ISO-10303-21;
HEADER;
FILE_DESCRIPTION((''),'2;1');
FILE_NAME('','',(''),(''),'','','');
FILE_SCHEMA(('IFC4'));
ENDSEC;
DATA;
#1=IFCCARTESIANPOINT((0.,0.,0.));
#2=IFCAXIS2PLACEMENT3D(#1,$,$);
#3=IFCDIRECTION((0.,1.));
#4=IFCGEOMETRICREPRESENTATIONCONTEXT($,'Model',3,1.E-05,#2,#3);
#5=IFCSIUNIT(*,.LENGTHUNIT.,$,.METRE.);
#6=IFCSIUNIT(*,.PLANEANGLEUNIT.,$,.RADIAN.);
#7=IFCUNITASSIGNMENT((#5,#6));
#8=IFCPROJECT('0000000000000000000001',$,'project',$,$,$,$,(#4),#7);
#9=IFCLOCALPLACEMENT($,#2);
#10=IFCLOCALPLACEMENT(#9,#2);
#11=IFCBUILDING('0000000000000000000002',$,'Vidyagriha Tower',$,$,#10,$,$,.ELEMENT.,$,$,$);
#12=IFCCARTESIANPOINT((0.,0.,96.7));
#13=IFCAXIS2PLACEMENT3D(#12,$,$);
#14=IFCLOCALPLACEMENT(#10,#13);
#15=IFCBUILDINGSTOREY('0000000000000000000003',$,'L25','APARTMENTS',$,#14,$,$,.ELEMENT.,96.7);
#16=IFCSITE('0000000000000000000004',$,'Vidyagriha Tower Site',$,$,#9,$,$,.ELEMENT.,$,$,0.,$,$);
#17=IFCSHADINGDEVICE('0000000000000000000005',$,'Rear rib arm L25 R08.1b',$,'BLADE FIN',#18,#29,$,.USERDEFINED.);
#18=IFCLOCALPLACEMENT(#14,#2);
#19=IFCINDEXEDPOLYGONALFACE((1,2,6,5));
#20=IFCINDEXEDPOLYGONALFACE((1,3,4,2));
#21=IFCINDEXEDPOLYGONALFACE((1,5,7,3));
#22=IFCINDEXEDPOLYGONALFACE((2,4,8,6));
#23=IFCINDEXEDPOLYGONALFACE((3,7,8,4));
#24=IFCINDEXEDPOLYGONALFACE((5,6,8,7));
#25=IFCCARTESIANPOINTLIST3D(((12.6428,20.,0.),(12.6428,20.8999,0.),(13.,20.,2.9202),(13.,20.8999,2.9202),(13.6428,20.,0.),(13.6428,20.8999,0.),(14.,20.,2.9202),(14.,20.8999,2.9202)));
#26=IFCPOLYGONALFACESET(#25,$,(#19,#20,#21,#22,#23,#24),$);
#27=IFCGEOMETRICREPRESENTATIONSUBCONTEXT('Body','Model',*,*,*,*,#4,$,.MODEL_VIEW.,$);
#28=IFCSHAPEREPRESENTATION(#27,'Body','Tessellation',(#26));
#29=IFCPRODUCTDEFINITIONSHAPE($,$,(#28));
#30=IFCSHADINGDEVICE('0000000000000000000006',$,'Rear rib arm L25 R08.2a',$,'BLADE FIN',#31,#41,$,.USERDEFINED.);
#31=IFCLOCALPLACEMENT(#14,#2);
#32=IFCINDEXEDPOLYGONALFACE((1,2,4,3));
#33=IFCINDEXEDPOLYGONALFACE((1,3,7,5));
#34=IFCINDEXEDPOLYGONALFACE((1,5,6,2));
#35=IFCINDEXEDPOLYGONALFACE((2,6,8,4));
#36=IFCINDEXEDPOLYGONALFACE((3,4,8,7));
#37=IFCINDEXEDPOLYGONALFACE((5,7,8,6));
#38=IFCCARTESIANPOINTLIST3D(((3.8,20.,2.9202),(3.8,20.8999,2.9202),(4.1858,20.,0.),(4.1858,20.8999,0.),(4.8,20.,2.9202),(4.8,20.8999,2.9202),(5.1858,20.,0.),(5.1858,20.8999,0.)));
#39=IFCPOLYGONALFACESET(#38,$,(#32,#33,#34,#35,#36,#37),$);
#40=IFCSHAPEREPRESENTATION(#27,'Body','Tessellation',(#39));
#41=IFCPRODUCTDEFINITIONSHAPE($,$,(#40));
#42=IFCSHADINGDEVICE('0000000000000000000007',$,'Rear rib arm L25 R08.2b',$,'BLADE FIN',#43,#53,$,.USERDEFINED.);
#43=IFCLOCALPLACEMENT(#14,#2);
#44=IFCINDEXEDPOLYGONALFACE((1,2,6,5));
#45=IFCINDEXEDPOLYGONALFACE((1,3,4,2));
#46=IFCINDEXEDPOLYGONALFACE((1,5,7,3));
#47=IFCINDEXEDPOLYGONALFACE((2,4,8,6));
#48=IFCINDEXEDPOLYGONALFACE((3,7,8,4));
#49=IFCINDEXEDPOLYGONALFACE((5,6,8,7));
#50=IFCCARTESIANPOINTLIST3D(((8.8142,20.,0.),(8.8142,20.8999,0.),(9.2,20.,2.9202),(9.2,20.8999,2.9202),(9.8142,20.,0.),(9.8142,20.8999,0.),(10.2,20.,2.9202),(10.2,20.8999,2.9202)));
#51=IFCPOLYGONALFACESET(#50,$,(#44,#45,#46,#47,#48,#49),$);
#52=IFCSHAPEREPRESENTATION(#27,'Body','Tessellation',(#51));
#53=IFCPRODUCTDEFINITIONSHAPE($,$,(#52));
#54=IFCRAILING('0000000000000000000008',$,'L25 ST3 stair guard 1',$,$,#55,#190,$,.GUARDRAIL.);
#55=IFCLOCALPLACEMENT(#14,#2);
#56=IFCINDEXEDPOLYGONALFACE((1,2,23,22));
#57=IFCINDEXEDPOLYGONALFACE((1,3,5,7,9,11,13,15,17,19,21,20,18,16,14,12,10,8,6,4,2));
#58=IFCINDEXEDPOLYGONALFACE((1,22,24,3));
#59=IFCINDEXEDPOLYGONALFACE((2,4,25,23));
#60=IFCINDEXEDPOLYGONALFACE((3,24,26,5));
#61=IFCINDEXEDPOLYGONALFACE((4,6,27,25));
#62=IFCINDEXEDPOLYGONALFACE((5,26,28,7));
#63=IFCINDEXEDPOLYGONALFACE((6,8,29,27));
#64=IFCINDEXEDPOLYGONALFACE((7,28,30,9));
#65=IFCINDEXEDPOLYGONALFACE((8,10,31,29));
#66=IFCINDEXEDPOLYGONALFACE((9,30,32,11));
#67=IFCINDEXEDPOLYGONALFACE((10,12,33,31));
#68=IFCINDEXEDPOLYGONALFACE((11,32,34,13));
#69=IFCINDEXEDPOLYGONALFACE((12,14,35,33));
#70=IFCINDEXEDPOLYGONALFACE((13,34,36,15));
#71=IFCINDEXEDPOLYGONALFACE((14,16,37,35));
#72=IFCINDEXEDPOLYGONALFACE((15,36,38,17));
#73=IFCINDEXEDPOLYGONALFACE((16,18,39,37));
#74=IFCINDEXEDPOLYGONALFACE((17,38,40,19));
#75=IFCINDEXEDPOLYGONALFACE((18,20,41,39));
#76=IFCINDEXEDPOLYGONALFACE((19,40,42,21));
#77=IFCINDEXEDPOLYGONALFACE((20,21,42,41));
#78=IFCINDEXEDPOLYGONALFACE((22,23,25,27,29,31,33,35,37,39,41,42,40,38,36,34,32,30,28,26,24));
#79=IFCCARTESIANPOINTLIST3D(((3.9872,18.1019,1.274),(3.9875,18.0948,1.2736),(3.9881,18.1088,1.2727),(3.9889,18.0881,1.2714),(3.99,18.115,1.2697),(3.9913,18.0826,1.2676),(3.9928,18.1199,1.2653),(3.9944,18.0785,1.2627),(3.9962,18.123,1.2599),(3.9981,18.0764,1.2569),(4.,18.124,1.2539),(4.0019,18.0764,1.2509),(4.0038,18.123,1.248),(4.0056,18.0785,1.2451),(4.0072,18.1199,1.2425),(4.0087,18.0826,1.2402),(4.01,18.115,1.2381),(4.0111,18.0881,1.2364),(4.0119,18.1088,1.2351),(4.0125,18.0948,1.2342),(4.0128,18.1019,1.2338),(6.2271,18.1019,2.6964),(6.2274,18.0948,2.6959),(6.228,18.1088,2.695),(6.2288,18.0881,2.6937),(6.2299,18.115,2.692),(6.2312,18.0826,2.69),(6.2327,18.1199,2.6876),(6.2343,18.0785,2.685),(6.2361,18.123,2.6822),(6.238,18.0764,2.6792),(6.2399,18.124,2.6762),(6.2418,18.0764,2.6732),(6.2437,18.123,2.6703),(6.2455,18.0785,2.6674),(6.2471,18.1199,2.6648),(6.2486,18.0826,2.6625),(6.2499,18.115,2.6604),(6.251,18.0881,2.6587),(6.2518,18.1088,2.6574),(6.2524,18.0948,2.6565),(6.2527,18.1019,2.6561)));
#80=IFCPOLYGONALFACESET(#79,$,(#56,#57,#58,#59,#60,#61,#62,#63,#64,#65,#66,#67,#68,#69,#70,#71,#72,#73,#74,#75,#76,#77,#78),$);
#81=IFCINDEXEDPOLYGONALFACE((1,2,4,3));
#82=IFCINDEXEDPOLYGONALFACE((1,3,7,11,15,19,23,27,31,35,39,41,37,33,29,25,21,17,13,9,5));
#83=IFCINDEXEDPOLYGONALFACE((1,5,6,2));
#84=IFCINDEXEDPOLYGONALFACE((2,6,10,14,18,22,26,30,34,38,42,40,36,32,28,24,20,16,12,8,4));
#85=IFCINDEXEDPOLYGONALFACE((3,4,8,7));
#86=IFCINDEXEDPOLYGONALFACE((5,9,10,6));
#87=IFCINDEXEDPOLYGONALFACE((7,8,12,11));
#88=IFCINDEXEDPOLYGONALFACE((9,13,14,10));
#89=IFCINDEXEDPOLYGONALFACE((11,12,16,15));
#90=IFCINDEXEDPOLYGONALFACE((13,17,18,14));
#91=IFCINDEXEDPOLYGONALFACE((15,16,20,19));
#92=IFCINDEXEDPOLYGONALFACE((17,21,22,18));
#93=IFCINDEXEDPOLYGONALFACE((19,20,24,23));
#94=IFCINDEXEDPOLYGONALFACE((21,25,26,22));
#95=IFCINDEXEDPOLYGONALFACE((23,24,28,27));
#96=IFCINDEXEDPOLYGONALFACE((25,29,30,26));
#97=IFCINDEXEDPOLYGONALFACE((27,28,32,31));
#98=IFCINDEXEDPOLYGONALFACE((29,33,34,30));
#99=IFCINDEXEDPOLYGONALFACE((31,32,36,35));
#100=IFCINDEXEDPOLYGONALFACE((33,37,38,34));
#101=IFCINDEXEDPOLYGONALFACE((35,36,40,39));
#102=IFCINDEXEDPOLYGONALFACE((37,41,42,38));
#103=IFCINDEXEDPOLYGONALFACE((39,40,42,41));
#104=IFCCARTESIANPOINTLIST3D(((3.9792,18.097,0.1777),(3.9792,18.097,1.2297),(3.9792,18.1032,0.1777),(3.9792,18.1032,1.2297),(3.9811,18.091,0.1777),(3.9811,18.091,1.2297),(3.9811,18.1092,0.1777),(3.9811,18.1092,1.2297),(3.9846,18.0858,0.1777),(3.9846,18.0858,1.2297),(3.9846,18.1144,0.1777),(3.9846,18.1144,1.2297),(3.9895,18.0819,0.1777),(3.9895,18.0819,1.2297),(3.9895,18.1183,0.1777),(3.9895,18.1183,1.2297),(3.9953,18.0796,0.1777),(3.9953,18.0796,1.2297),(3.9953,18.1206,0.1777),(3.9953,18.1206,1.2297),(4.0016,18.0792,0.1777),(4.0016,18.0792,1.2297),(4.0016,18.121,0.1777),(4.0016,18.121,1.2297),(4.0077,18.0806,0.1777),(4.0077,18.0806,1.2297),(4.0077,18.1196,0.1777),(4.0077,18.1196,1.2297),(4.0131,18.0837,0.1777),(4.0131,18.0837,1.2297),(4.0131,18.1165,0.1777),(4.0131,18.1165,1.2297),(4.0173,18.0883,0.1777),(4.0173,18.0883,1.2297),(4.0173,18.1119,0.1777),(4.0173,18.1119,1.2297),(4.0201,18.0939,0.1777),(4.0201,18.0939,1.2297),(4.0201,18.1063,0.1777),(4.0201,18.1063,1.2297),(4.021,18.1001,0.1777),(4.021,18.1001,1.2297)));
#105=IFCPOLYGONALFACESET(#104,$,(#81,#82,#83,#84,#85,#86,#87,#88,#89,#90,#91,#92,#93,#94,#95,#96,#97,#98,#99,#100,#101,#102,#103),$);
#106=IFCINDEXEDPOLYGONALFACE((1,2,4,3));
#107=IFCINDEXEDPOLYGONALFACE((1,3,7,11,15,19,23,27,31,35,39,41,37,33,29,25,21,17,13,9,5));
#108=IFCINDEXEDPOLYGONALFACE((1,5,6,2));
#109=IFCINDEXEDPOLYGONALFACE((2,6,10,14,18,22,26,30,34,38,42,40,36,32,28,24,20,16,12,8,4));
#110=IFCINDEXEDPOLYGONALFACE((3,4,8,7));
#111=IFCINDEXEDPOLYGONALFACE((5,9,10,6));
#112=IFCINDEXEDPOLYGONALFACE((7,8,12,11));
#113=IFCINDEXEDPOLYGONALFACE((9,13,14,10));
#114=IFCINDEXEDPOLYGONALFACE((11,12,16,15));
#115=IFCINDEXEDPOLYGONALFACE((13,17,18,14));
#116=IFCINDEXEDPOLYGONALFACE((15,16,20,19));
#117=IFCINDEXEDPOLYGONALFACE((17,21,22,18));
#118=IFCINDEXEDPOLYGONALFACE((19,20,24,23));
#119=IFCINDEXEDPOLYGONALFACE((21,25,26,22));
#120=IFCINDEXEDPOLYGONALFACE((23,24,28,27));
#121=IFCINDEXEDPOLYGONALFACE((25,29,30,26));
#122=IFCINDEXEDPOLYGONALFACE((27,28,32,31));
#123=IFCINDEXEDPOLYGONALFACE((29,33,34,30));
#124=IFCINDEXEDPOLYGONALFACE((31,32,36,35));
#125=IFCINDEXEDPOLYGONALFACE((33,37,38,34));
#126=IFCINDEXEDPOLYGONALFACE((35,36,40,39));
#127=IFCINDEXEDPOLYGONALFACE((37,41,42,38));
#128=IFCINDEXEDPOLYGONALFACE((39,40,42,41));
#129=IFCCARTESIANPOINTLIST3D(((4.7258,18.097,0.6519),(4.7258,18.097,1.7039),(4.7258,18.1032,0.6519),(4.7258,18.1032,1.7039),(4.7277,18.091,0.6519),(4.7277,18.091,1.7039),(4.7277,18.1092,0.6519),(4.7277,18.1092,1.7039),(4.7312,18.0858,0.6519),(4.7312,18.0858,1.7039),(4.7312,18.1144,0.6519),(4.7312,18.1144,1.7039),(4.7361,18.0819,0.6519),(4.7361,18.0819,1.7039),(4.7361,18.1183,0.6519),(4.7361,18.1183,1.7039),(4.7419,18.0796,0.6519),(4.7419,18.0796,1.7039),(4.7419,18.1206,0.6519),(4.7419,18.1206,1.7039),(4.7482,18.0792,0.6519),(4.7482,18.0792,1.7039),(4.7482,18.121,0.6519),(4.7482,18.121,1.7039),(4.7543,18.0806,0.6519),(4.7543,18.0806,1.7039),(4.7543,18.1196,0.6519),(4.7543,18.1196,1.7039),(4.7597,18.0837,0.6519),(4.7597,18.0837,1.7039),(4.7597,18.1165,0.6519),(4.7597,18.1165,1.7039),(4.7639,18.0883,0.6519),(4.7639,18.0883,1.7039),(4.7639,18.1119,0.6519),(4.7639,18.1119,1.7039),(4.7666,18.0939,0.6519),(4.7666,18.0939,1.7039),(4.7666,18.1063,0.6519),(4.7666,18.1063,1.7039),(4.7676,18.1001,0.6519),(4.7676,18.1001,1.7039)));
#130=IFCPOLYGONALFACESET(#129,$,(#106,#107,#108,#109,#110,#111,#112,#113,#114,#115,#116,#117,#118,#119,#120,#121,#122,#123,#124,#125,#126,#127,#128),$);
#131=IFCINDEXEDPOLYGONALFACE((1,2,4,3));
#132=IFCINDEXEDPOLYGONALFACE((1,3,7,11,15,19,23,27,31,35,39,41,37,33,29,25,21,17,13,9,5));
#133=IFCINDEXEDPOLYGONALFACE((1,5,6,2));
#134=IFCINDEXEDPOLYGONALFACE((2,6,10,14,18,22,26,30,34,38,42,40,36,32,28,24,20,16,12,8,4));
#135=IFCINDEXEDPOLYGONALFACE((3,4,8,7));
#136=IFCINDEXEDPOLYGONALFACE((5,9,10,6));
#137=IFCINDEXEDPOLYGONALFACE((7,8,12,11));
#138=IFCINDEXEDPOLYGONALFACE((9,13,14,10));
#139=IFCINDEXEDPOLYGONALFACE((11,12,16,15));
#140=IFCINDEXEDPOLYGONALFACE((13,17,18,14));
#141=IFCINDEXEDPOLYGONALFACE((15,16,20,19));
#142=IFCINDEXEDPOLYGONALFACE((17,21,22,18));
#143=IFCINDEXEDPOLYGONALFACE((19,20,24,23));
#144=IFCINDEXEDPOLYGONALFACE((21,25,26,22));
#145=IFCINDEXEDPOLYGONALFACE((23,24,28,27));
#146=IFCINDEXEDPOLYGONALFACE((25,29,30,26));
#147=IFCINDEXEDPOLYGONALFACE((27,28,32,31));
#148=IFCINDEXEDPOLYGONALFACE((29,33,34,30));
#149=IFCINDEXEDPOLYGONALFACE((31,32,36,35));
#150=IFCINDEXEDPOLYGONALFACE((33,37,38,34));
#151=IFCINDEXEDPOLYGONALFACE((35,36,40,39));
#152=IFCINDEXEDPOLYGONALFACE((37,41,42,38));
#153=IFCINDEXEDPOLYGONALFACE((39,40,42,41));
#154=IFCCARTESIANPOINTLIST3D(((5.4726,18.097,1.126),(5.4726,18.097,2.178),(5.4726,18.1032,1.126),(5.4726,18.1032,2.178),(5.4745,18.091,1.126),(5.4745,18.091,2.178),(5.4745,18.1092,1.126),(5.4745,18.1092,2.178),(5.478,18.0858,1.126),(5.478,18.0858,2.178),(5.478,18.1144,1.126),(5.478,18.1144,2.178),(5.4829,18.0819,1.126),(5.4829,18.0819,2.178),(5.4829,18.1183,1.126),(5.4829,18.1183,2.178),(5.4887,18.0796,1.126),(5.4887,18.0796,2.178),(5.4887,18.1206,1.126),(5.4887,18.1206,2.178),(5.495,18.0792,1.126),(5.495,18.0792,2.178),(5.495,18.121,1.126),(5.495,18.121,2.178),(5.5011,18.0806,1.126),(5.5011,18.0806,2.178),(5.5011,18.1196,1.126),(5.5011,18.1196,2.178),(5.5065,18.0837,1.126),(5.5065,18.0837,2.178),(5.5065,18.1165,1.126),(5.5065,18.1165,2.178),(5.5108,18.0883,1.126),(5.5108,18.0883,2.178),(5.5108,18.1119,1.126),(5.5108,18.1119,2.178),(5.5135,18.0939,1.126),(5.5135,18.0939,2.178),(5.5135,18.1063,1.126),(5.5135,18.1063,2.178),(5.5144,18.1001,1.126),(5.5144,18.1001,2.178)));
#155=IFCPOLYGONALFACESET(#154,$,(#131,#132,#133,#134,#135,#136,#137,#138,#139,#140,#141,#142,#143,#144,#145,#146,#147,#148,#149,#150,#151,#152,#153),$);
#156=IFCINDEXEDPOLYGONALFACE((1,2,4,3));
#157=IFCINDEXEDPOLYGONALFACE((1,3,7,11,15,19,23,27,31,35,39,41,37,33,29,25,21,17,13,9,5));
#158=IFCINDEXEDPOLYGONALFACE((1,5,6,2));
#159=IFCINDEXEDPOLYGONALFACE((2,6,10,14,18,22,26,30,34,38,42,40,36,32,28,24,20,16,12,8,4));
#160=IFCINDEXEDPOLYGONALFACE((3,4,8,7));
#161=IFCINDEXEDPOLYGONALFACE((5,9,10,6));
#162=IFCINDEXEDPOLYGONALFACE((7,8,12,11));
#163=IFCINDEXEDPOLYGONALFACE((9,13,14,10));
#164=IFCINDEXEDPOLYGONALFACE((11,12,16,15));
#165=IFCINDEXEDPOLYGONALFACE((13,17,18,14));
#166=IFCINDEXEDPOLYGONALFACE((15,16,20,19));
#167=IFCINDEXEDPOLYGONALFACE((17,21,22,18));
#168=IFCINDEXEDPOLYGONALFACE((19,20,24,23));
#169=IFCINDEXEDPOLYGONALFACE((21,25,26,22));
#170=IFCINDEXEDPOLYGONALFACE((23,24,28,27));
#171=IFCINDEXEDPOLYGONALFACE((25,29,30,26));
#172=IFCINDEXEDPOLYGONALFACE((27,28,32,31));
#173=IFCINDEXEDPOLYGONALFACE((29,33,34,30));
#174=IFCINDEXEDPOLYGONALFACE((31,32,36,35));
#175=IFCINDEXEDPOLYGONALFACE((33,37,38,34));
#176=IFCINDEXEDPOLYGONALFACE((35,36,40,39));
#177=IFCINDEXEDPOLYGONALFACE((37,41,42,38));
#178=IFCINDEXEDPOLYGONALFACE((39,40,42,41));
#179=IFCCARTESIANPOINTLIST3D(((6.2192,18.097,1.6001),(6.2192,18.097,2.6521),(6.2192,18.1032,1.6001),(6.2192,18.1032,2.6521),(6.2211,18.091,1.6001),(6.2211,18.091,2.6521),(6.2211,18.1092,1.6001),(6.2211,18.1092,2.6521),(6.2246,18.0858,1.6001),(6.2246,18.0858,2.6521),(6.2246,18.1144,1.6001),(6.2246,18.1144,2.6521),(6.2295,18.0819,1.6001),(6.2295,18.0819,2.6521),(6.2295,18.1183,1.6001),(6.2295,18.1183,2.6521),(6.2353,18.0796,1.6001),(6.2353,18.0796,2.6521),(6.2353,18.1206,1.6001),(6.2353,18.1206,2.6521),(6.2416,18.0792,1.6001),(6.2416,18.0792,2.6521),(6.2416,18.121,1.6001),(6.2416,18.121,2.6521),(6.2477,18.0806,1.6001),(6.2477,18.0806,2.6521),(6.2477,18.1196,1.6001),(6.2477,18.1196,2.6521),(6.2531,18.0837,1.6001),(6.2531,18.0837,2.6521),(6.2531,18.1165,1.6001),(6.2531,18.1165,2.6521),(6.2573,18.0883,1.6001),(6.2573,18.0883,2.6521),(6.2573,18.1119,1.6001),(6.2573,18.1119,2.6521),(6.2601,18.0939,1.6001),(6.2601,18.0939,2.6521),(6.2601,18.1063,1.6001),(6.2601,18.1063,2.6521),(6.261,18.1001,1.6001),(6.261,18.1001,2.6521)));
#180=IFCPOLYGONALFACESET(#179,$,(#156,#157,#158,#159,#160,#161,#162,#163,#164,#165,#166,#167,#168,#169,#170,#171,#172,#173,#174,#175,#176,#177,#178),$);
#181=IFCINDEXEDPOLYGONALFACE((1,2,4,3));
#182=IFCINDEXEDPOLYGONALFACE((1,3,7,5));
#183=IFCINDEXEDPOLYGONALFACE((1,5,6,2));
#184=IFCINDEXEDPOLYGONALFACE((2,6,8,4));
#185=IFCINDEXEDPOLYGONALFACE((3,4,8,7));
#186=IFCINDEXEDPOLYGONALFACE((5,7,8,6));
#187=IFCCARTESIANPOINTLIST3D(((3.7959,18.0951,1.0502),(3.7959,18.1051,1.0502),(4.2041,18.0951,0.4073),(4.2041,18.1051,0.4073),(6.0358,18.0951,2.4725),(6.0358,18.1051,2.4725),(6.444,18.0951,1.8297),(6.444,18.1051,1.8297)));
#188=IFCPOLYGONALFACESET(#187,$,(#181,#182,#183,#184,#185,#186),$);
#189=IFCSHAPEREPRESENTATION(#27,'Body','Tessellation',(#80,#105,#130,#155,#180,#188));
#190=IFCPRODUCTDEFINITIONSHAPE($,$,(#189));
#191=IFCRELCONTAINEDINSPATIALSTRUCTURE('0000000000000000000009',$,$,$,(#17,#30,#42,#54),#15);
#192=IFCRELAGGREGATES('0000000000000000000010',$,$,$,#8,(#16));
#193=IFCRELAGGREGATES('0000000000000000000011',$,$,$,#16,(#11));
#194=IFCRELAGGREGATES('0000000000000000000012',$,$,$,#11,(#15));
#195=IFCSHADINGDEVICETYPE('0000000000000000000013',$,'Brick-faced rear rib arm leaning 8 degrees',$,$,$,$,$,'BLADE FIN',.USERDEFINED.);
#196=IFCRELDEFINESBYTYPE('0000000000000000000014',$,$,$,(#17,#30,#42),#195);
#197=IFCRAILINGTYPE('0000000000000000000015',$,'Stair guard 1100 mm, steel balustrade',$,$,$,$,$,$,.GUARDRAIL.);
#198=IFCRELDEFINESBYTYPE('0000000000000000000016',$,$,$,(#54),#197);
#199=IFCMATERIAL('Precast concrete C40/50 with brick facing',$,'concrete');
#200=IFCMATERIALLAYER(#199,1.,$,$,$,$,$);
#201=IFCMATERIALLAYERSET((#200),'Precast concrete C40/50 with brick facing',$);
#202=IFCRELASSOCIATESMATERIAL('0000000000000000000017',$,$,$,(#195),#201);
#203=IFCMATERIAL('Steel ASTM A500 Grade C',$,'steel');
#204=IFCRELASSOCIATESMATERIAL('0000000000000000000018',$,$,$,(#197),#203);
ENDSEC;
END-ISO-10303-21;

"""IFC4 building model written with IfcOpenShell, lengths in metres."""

from ifc_helpers import new_model, si_unit, direction, frame, origin, origin_2d, place, context, subcontext, project, spatial, polyline, rectangle, circle, outline, extrude, material, layer, layer_set, type_object, element, save


model = new_model("IFC4")

# Units and contexts
model_context = context("Model", 3, precision=1e-05, world=origin(), true_north=direction((0.0, 1.0)))
body_context = subcontext(model_context, "Body", "Model", "MODEL_VIEW")
ifc_project = project(units=[si_unit("LENGTHUNIT", "METRE"), si_unit("PLANEANGLEUNIT", "RADIAN")], contexts=[model_context])

# Site, building, storey
site_placement = place(None, origin())
site = spatial("IfcSite", under=ifc_project, at=site_placement, Name="Vidyagriha Tower Site", CompositionType="ELEMENT", RefElevation=0.0)
building_placement = place(site_placement, origin())
building = spatial("IfcBuilding", under=site, at=building_placement, Name="Vidyagriha Tower", CompositionType="ELEMENT")
storey_placement = place(building_placement, frame((0.0, 0.0, 96.7)))
storey = spatial("IfcBuildingStorey", under=building, at=storey_placement, Name="L25", Description="APARTMENTS", CompositionType="ELEMENT", Elevation=96.7)

# Shading devices
ifc_material_1 = material(Name="Precast concrete C40/50 with brick facing", Category="concrete")
ifc_layer_1 = layer(ifc_material_1, 1.0)
ifc_layer_set_1 = layer_set([ifc_layer_1], Name="Precast concrete C40/50 with brick facing")
shading_device_type = type_object("IfcShadingDeviceType", Name="Brick-faced rear rib arm leaning 8 degrees", ElementType="BLADE FIN", PredefinedType="USERDEFINED", material=ifc_layer_set_1)
shading_device_1_placement = place(storey_placement, frame((14.0, 20.45, 0.0), z_axis=(0.0, 0.0, 1.0), x_axis=(-1.0, 0.0, 0.0)))
element("IfcShadingDevice", 1, at=shading_device_1_placement, inside=storey, type_object=shading_device_type, Name="Rear rib arm L25 R08.1b", ObjectType="BLADE FIN", PredefinedType="USERDEFINED", context=body_context, shape_type="SweptSolid", body=[
    extrude(outline(polyline([(0.3572, 0.0), (1.3572, 0.0), (1.0, 2.9202), (0.0, 2.9202), (0.3572, 0.0)])), frame((0.0, 0.45, 0.0), z_axis=(0.0, -1.0, 0.0), x_axis=(1.0, 0.0, 0.0)), (0.0, 0.0, 1.0), 0.8999),
])
shading_device_2_placement = place(storey_placement, frame((5.1858, 20.45, 0.0), z_axis=(0.0, 0.0, 1.0), x_axis=(-1.0, 0.0, 0.0)))
element("IfcShadingDevice", 2, at=shading_device_2_placement, inside=storey, type_object=shading_device_type, Name="Rear rib arm L25 R08.2a", ObjectType="BLADE FIN", PredefinedType="USERDEFINED", context=body_context, shape_type="SweptSolid", body=[
    extrude(outline(polyline([(0.0, 0.0), (1.0, 0.0), (1.3857, 2.9202), (0.3857, 2.9202), (0.0, 0.0)])), frame((0.0, 0.45, 0.0), z_axis=(0.0, -1.0, 0.0), x_axis=(1.0, 0.0, 0.0)), (0.0, 0.0, 1.0), 0.8999),
])
shading_device_3_placement = place(storey_placement, frame((10.2, 20.45, 0.0), z_axis=(0.0, 0.0, 1.0), x_axis=(-1.0, 0.0, 0.0)))
element("IfcShadingDevice", 3, at=shading_device_3_placement, inside=storey, type_object=shading_device_type, Name="Rear rib arm L25 R08.2b", ObjectType="BLADE FIN", PredefinedType="USERDEFINED", context=body_context, shape_type="SweptSolid", body=[
    extrude(outline(polyline([(0.3857, 0.0), (1.3857, 0.0), (1.0, 2.9202), (0.0, 2.9202), (0.3857, 0.0)])), frame((0.0, 0.45, 0.0), z_axis=(0.0, -1.0, 0.0), x_axis=(1.0, 0.0, 0.0)), (0.0, 0.0, 1.0), 0.8999),
])

# Railing
ifc_material_2 = material(Name="Steel ASTM A500 Grade C", Category="steel")
railing_type_1 = type_object("IfcRailingType", Name="Stair guard 1100 mm, steel balustrade", PredefinedType="GUARDRAIL", material=ifc_material_2)
railing_1_placement = place(storey_placement, frame((4.0, 18.1001, 0.1777)))
element("IfcRailing", 4, at=railing_1_placement, inside=storey, type_object=railing_type_1, Name="L25 ST3 stair guard 1", PredefinedType="GUARDRAIL", context=body_context, shape_type="SweptSolid", body=[
    extrude(circle(Radius=0.0239, at=origin_2d()), frame((0.0, 0.0, 1.0762), z_axis=(0.844188, 0.0, 0.536048), x_axis=(0.0, 1.0, 0.0)), (0.0, 0.0, 1.0), 2.6533),
    extrude(circle(Radius=0.021, at=origin_2d()), origin(), (0.0, 0.0, 1.0), 1.052),
    extrude(circle(Radius=0.021, at=origin_2d()), frame((0.7466, 0.0, 0.4741)), (0.0, 0.0, 1.0), 1.052),
    extrude(circle(Radius=0.021, at=origin_2d()), frame((1.4934, 0.0, 0.9482)), (0.0, 0.0, 1.0), 1.052),
    extrude(circle(Radius=0.021, at=origin_2d()), frame((2.24, 0.0, 1.4224)), (0.0, 0.0, 1.0), 1.052),
    extrude(rectangle(XDim=0.01, YDim=0.7615, at=origin_2d()), frame((0.0, 0.0, 0.551), z_axis=(0.844188, 0.0, 0.536048), x_axis=(0.0, 1.0, 0.0)), (0.0, 0.0, 1.0), 2.6533),
])

save(model, "model.ifc")
